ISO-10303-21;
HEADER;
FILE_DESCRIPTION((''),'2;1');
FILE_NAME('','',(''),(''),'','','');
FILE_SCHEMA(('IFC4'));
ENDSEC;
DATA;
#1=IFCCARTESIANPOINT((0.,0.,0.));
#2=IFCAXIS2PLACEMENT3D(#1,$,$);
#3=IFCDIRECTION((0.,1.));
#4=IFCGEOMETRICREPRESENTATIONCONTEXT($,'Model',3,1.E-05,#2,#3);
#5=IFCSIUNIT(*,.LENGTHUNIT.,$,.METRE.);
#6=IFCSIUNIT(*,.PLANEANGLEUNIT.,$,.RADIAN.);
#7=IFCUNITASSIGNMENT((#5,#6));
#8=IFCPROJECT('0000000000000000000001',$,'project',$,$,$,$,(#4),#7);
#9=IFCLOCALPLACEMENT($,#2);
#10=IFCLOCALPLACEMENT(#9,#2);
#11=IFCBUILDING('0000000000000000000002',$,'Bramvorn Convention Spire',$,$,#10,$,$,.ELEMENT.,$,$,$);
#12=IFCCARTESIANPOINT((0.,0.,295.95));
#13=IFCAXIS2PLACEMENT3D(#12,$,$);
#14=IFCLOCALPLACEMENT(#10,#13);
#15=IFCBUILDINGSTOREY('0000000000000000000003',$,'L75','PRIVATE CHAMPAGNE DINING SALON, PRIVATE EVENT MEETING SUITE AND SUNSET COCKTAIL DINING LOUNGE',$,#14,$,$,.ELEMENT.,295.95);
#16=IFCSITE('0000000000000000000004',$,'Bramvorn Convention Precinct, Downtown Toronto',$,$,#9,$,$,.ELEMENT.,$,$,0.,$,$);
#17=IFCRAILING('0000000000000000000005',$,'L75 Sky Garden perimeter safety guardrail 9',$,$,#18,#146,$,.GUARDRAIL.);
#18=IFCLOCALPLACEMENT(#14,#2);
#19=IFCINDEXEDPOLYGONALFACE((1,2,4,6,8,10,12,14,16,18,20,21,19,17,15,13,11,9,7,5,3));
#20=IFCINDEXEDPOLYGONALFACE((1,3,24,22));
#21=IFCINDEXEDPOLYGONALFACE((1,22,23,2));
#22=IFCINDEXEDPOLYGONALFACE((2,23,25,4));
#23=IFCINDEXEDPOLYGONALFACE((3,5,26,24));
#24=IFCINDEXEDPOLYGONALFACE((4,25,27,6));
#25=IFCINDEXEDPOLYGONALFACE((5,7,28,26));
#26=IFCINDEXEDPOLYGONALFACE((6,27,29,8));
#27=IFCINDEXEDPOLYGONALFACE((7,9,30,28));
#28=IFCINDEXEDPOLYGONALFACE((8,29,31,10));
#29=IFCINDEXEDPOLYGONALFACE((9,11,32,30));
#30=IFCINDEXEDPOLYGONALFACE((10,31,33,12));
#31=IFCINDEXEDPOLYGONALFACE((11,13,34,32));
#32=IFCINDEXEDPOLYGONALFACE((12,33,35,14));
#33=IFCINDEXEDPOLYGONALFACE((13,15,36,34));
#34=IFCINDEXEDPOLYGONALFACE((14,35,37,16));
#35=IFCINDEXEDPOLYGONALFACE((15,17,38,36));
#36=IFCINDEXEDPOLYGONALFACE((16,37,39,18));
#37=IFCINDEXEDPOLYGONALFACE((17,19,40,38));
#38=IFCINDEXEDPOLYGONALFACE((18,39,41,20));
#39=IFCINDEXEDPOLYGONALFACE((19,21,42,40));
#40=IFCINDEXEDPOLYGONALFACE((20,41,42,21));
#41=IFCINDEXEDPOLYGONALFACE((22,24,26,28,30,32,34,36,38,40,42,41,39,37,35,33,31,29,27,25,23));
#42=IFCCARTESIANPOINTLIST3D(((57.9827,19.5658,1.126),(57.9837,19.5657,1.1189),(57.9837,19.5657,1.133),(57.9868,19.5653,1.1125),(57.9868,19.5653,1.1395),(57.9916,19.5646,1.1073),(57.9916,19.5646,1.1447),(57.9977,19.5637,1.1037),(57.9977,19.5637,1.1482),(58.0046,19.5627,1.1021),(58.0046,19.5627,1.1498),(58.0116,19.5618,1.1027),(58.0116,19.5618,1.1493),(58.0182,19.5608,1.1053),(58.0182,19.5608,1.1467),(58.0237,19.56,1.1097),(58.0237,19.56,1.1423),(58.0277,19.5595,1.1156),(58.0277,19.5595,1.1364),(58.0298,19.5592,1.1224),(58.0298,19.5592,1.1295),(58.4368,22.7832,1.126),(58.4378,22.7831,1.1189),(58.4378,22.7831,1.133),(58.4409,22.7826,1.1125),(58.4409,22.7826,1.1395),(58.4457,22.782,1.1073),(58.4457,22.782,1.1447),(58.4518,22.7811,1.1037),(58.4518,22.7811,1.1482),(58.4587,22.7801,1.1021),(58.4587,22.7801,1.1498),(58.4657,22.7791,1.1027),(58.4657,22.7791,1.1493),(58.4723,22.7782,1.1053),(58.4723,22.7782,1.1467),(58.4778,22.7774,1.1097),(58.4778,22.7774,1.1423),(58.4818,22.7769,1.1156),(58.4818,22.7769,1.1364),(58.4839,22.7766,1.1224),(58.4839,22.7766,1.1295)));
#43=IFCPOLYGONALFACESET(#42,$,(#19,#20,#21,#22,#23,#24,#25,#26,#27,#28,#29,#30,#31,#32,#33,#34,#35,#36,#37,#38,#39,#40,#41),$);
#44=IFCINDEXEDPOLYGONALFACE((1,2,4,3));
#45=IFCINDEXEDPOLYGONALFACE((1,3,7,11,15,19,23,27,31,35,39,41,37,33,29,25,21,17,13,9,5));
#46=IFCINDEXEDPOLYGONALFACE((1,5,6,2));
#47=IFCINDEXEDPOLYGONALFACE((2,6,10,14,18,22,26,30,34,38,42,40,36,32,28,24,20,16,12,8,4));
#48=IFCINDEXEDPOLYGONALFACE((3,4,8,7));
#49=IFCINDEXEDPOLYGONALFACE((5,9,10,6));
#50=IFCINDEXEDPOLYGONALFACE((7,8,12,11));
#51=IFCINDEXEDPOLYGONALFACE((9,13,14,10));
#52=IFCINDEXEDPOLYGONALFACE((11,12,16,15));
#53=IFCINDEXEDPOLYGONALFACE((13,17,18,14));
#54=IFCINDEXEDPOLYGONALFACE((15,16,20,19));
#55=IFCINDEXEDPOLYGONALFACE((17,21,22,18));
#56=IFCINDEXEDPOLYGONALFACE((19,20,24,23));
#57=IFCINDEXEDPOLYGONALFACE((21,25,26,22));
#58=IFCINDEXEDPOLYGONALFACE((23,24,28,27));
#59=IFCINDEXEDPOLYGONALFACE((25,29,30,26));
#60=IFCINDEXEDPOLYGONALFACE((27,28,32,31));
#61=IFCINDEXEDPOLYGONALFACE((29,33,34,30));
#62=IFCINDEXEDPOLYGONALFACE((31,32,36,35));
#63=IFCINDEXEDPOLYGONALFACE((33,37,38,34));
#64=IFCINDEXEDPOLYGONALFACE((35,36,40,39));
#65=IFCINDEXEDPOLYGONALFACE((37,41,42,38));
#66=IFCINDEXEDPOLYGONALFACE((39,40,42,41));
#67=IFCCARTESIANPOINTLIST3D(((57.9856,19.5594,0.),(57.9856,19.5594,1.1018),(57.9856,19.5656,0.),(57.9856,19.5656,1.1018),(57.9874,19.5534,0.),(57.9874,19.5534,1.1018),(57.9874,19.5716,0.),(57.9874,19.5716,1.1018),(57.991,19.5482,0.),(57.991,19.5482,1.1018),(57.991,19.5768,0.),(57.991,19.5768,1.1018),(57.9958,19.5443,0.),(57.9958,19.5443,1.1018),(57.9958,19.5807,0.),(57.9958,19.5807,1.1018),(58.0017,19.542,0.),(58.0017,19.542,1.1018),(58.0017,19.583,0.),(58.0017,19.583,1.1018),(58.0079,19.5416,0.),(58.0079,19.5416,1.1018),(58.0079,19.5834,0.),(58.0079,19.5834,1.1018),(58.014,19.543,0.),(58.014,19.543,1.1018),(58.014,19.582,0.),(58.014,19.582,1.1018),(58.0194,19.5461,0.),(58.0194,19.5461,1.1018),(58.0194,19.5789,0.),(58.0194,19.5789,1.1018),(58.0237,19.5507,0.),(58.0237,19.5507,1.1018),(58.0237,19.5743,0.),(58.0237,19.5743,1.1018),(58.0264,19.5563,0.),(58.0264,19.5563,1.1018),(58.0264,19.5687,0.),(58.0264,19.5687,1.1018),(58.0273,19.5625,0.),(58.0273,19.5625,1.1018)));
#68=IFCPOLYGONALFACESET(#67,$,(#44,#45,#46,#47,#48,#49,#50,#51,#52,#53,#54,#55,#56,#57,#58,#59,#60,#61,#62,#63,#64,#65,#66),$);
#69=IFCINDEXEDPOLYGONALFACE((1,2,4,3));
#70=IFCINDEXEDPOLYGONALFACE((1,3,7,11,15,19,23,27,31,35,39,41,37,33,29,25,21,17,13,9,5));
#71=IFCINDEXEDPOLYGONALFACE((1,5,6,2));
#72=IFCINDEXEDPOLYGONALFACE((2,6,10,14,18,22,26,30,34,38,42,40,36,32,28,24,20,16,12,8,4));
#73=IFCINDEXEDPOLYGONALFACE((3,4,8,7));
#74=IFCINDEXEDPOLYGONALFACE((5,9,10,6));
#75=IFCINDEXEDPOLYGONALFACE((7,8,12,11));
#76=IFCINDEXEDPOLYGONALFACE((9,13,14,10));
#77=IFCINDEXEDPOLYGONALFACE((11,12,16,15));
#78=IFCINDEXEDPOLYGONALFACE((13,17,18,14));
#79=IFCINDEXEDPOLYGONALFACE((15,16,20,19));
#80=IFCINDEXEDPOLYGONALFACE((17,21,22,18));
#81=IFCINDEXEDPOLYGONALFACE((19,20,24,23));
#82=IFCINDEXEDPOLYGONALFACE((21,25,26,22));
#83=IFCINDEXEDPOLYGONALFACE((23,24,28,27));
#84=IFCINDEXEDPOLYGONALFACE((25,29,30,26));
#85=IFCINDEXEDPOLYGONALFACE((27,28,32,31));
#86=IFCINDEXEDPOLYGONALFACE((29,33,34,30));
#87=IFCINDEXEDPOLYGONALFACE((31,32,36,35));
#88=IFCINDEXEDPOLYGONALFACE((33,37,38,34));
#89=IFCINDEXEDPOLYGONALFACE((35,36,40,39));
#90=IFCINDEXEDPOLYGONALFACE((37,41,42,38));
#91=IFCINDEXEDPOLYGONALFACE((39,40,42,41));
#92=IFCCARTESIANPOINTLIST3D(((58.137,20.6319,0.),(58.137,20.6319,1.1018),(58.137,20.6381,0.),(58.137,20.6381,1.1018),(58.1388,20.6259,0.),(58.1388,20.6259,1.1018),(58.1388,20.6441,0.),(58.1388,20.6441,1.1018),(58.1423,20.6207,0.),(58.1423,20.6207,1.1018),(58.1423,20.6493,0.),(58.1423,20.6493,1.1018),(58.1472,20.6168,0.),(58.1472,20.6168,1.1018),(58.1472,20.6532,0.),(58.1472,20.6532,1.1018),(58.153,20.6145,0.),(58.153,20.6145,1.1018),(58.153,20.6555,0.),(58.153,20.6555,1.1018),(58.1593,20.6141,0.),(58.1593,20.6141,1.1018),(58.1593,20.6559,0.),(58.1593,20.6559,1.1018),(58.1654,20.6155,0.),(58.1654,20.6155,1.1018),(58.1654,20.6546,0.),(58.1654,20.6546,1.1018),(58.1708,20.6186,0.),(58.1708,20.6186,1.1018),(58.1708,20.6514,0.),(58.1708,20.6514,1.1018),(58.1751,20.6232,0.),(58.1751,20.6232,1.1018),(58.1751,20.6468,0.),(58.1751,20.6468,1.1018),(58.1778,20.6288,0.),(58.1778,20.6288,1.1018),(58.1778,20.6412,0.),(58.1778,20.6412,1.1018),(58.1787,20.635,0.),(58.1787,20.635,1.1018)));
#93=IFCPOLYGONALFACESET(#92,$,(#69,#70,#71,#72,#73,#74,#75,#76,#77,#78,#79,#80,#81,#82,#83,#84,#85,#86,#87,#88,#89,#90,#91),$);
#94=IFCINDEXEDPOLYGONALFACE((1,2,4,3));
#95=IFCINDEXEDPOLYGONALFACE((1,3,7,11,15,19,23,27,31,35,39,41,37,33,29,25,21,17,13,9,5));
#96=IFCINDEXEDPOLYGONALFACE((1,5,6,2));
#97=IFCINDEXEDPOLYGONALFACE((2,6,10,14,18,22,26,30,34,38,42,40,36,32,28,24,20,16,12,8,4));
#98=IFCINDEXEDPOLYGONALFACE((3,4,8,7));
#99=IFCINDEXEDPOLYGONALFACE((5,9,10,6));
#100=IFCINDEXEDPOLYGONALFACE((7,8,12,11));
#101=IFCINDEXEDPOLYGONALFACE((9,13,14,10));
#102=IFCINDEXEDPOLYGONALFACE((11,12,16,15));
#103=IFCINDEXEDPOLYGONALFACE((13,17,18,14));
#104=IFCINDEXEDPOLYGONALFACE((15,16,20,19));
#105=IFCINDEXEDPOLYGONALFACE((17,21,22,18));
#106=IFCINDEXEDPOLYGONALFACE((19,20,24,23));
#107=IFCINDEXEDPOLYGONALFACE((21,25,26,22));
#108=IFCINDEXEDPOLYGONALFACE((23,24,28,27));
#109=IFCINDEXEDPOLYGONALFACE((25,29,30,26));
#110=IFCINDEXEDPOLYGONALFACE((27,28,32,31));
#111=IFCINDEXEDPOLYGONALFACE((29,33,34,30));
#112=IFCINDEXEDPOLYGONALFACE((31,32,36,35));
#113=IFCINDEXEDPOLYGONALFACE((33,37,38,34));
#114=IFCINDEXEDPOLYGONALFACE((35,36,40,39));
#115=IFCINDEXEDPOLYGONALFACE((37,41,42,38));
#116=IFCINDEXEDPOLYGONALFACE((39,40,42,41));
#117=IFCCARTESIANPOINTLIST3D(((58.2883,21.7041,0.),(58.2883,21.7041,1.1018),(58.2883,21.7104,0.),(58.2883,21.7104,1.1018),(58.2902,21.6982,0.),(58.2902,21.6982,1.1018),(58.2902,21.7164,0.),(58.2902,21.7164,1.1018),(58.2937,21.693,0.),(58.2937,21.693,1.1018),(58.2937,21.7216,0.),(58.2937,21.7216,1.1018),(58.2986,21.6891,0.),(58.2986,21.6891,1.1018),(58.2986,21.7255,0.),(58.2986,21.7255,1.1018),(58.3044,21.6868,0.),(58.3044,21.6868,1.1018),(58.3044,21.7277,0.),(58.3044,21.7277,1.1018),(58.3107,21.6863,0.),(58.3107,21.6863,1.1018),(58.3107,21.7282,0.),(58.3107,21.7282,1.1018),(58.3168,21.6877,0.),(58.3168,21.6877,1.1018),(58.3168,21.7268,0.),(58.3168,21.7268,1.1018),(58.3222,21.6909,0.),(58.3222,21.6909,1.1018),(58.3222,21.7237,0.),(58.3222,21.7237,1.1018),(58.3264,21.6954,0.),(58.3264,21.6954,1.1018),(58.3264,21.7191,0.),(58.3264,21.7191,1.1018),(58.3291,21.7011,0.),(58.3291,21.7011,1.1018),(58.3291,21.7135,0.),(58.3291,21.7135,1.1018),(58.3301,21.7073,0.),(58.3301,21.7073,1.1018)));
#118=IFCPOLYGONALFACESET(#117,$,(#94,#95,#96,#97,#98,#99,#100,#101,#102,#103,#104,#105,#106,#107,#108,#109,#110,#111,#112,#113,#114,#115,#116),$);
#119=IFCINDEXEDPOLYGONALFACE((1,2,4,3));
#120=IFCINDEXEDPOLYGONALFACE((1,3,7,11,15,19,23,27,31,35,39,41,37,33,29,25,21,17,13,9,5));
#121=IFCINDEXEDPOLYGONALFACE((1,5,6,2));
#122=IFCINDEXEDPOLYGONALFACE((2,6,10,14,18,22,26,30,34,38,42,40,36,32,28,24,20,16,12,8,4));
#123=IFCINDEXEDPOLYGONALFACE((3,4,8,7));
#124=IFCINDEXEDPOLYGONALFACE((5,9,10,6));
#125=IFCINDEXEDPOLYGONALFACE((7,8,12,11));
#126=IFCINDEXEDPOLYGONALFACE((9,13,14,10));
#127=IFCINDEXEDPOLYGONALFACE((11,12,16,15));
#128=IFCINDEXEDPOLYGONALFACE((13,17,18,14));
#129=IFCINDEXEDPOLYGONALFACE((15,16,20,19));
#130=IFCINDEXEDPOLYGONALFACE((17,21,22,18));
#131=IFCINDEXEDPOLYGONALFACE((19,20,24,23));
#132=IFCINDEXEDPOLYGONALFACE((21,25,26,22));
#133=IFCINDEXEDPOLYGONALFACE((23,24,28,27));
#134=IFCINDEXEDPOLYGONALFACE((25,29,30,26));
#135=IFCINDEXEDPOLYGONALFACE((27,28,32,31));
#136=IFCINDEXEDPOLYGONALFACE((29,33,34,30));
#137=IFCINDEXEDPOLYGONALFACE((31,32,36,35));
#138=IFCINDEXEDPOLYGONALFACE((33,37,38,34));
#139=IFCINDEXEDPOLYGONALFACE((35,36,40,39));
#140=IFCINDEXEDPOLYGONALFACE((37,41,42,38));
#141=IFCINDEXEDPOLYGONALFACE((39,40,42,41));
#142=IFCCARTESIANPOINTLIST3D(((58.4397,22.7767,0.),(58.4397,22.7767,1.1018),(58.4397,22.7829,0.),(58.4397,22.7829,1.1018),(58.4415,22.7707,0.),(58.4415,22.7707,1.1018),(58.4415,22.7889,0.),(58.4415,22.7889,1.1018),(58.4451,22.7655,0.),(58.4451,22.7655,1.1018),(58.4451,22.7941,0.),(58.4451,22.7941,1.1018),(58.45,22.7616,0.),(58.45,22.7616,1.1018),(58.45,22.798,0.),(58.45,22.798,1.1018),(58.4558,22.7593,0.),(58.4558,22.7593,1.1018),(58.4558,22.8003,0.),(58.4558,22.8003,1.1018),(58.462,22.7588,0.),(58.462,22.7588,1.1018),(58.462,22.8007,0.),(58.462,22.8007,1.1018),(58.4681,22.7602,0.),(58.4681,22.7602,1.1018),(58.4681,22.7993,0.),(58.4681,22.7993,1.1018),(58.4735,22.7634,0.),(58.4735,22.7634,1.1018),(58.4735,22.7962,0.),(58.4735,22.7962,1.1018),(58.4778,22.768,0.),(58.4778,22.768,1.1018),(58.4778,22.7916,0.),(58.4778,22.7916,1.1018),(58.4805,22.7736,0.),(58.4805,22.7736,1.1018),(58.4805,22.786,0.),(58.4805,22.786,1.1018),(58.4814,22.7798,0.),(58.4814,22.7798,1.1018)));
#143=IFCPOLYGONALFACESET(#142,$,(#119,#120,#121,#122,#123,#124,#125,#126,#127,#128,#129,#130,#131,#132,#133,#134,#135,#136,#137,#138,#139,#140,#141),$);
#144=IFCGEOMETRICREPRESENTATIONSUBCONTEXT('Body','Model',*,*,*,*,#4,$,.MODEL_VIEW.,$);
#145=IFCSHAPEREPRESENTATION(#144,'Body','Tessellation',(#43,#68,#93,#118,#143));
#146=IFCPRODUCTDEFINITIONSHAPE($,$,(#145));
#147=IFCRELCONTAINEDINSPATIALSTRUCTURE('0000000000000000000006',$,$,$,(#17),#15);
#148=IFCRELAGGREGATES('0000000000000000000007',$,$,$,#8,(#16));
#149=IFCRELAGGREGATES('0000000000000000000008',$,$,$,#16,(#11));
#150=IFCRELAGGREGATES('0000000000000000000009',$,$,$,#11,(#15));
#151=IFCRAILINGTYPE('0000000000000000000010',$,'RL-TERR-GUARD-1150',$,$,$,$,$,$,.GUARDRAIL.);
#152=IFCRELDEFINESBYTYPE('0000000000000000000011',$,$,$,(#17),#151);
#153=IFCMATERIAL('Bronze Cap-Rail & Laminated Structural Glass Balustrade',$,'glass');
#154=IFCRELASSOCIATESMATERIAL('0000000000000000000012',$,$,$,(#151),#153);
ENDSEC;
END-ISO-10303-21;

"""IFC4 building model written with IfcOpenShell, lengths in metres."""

from ifc_helpers import new_model, si_unit, direction, frame, origin, origin_2d, place, context, subcontext, project, spatial, circle, extrude, material, type_object, element, save


model = new_model("IFC4")

# Units and contexts
model_context = context("Model", 3, precision=1e-05, world=origin(), true_north=direction((0.0, 1.0)))
body_context = subcontext(model_context, "Body", "Model", "MODEL_VIEW")
ifc_project = project(units=[si_unit("LENGTHUNIT", "METRE"), si_unit("PLANEANGLEUNIT", "RADIAN")], contexts=[model_context])

# Site, building, storey
site_placement = place(None, origin())
site = spatial("IfcSite", under=ifc_project, at=site_placement, Name="Bramvorn Convention Precinct, Downtown Toronto", CompositionType="ELEMENT", RefElevation=0.0)
building_placement = place(site_placement, origin())
building = spatial("IfcBuilding", under=site, at=building_placement, Name="Bramvorn Convention Spire", CompositionType="ELEMENT")
storey_placement = place(building_placement, frame((0.0, 0.0, 295.95)))
storey = spatial("IfcBuildingStorey", under=building, at=storey_placement, Name="L75", Description="PRIVATE CHAMPAGNE DINING SALON, PRIVATE EVENT MEETING SUITE AND SUNSET COCKTAIL DINING LOUNGE", CompositionType="ELEMENT", Elevation=295.95)

# Railing
ifc_material_1 = material(Name="Bronze Cap-Rail & Laminated Structural Glass Balustrade", Category="glass")
railing_type = type_object("IfcRailingType", Name="RL-TERR-GUARD-1150", PredefinedType="GUARDRAIL", material=ifc_material_1)
railing_1_placement = place(storey_placement, frame((58.0063, 19.5625, 0.0)))
element("IfcRailing", 1, at=railing_1_placement, inside=storey, type_object=railing_type, Name="L75 Sky Garden perimeter safety guardrail 9", PredefinedType="GUARDRAIL", context=body_context, shape_type="SweptSolid", body=[
    extrude(circle(Radius=0.0239, at=origin_2d()), frame((0.0, 0.0, 1.126), z_axis=(0.139759, 0.990186, 0.0), x_axis=(-0.990186, 0.139759, 0.0)), (0.0, 0.0, 1.0), 3.2493),
    extrude(circle(Radius=0.021, at=origin_2d()), origin(), (0.0, 0.0, 1.0), 1.1018),
    extrude(circle(Radius=0.021, at=origin_2d()), frame((0.1514, 1.0725, 0.0)), (0.0, 0.0, 1.0), 1.1018),
    extrude(circle(Radius=0.021, at=origin_2d()), frame((0.3027, 2.1448, 0.0)), (0.0, 0.0, 1.0), 1.1018),
    extrude(circle(Radius=0.021, at=origin_2d()), frame((0.4541, 3.2173, 0.0)), (0.0, 0.0, 1.0), 1.1018),
])

save(model, "model.ifc")
